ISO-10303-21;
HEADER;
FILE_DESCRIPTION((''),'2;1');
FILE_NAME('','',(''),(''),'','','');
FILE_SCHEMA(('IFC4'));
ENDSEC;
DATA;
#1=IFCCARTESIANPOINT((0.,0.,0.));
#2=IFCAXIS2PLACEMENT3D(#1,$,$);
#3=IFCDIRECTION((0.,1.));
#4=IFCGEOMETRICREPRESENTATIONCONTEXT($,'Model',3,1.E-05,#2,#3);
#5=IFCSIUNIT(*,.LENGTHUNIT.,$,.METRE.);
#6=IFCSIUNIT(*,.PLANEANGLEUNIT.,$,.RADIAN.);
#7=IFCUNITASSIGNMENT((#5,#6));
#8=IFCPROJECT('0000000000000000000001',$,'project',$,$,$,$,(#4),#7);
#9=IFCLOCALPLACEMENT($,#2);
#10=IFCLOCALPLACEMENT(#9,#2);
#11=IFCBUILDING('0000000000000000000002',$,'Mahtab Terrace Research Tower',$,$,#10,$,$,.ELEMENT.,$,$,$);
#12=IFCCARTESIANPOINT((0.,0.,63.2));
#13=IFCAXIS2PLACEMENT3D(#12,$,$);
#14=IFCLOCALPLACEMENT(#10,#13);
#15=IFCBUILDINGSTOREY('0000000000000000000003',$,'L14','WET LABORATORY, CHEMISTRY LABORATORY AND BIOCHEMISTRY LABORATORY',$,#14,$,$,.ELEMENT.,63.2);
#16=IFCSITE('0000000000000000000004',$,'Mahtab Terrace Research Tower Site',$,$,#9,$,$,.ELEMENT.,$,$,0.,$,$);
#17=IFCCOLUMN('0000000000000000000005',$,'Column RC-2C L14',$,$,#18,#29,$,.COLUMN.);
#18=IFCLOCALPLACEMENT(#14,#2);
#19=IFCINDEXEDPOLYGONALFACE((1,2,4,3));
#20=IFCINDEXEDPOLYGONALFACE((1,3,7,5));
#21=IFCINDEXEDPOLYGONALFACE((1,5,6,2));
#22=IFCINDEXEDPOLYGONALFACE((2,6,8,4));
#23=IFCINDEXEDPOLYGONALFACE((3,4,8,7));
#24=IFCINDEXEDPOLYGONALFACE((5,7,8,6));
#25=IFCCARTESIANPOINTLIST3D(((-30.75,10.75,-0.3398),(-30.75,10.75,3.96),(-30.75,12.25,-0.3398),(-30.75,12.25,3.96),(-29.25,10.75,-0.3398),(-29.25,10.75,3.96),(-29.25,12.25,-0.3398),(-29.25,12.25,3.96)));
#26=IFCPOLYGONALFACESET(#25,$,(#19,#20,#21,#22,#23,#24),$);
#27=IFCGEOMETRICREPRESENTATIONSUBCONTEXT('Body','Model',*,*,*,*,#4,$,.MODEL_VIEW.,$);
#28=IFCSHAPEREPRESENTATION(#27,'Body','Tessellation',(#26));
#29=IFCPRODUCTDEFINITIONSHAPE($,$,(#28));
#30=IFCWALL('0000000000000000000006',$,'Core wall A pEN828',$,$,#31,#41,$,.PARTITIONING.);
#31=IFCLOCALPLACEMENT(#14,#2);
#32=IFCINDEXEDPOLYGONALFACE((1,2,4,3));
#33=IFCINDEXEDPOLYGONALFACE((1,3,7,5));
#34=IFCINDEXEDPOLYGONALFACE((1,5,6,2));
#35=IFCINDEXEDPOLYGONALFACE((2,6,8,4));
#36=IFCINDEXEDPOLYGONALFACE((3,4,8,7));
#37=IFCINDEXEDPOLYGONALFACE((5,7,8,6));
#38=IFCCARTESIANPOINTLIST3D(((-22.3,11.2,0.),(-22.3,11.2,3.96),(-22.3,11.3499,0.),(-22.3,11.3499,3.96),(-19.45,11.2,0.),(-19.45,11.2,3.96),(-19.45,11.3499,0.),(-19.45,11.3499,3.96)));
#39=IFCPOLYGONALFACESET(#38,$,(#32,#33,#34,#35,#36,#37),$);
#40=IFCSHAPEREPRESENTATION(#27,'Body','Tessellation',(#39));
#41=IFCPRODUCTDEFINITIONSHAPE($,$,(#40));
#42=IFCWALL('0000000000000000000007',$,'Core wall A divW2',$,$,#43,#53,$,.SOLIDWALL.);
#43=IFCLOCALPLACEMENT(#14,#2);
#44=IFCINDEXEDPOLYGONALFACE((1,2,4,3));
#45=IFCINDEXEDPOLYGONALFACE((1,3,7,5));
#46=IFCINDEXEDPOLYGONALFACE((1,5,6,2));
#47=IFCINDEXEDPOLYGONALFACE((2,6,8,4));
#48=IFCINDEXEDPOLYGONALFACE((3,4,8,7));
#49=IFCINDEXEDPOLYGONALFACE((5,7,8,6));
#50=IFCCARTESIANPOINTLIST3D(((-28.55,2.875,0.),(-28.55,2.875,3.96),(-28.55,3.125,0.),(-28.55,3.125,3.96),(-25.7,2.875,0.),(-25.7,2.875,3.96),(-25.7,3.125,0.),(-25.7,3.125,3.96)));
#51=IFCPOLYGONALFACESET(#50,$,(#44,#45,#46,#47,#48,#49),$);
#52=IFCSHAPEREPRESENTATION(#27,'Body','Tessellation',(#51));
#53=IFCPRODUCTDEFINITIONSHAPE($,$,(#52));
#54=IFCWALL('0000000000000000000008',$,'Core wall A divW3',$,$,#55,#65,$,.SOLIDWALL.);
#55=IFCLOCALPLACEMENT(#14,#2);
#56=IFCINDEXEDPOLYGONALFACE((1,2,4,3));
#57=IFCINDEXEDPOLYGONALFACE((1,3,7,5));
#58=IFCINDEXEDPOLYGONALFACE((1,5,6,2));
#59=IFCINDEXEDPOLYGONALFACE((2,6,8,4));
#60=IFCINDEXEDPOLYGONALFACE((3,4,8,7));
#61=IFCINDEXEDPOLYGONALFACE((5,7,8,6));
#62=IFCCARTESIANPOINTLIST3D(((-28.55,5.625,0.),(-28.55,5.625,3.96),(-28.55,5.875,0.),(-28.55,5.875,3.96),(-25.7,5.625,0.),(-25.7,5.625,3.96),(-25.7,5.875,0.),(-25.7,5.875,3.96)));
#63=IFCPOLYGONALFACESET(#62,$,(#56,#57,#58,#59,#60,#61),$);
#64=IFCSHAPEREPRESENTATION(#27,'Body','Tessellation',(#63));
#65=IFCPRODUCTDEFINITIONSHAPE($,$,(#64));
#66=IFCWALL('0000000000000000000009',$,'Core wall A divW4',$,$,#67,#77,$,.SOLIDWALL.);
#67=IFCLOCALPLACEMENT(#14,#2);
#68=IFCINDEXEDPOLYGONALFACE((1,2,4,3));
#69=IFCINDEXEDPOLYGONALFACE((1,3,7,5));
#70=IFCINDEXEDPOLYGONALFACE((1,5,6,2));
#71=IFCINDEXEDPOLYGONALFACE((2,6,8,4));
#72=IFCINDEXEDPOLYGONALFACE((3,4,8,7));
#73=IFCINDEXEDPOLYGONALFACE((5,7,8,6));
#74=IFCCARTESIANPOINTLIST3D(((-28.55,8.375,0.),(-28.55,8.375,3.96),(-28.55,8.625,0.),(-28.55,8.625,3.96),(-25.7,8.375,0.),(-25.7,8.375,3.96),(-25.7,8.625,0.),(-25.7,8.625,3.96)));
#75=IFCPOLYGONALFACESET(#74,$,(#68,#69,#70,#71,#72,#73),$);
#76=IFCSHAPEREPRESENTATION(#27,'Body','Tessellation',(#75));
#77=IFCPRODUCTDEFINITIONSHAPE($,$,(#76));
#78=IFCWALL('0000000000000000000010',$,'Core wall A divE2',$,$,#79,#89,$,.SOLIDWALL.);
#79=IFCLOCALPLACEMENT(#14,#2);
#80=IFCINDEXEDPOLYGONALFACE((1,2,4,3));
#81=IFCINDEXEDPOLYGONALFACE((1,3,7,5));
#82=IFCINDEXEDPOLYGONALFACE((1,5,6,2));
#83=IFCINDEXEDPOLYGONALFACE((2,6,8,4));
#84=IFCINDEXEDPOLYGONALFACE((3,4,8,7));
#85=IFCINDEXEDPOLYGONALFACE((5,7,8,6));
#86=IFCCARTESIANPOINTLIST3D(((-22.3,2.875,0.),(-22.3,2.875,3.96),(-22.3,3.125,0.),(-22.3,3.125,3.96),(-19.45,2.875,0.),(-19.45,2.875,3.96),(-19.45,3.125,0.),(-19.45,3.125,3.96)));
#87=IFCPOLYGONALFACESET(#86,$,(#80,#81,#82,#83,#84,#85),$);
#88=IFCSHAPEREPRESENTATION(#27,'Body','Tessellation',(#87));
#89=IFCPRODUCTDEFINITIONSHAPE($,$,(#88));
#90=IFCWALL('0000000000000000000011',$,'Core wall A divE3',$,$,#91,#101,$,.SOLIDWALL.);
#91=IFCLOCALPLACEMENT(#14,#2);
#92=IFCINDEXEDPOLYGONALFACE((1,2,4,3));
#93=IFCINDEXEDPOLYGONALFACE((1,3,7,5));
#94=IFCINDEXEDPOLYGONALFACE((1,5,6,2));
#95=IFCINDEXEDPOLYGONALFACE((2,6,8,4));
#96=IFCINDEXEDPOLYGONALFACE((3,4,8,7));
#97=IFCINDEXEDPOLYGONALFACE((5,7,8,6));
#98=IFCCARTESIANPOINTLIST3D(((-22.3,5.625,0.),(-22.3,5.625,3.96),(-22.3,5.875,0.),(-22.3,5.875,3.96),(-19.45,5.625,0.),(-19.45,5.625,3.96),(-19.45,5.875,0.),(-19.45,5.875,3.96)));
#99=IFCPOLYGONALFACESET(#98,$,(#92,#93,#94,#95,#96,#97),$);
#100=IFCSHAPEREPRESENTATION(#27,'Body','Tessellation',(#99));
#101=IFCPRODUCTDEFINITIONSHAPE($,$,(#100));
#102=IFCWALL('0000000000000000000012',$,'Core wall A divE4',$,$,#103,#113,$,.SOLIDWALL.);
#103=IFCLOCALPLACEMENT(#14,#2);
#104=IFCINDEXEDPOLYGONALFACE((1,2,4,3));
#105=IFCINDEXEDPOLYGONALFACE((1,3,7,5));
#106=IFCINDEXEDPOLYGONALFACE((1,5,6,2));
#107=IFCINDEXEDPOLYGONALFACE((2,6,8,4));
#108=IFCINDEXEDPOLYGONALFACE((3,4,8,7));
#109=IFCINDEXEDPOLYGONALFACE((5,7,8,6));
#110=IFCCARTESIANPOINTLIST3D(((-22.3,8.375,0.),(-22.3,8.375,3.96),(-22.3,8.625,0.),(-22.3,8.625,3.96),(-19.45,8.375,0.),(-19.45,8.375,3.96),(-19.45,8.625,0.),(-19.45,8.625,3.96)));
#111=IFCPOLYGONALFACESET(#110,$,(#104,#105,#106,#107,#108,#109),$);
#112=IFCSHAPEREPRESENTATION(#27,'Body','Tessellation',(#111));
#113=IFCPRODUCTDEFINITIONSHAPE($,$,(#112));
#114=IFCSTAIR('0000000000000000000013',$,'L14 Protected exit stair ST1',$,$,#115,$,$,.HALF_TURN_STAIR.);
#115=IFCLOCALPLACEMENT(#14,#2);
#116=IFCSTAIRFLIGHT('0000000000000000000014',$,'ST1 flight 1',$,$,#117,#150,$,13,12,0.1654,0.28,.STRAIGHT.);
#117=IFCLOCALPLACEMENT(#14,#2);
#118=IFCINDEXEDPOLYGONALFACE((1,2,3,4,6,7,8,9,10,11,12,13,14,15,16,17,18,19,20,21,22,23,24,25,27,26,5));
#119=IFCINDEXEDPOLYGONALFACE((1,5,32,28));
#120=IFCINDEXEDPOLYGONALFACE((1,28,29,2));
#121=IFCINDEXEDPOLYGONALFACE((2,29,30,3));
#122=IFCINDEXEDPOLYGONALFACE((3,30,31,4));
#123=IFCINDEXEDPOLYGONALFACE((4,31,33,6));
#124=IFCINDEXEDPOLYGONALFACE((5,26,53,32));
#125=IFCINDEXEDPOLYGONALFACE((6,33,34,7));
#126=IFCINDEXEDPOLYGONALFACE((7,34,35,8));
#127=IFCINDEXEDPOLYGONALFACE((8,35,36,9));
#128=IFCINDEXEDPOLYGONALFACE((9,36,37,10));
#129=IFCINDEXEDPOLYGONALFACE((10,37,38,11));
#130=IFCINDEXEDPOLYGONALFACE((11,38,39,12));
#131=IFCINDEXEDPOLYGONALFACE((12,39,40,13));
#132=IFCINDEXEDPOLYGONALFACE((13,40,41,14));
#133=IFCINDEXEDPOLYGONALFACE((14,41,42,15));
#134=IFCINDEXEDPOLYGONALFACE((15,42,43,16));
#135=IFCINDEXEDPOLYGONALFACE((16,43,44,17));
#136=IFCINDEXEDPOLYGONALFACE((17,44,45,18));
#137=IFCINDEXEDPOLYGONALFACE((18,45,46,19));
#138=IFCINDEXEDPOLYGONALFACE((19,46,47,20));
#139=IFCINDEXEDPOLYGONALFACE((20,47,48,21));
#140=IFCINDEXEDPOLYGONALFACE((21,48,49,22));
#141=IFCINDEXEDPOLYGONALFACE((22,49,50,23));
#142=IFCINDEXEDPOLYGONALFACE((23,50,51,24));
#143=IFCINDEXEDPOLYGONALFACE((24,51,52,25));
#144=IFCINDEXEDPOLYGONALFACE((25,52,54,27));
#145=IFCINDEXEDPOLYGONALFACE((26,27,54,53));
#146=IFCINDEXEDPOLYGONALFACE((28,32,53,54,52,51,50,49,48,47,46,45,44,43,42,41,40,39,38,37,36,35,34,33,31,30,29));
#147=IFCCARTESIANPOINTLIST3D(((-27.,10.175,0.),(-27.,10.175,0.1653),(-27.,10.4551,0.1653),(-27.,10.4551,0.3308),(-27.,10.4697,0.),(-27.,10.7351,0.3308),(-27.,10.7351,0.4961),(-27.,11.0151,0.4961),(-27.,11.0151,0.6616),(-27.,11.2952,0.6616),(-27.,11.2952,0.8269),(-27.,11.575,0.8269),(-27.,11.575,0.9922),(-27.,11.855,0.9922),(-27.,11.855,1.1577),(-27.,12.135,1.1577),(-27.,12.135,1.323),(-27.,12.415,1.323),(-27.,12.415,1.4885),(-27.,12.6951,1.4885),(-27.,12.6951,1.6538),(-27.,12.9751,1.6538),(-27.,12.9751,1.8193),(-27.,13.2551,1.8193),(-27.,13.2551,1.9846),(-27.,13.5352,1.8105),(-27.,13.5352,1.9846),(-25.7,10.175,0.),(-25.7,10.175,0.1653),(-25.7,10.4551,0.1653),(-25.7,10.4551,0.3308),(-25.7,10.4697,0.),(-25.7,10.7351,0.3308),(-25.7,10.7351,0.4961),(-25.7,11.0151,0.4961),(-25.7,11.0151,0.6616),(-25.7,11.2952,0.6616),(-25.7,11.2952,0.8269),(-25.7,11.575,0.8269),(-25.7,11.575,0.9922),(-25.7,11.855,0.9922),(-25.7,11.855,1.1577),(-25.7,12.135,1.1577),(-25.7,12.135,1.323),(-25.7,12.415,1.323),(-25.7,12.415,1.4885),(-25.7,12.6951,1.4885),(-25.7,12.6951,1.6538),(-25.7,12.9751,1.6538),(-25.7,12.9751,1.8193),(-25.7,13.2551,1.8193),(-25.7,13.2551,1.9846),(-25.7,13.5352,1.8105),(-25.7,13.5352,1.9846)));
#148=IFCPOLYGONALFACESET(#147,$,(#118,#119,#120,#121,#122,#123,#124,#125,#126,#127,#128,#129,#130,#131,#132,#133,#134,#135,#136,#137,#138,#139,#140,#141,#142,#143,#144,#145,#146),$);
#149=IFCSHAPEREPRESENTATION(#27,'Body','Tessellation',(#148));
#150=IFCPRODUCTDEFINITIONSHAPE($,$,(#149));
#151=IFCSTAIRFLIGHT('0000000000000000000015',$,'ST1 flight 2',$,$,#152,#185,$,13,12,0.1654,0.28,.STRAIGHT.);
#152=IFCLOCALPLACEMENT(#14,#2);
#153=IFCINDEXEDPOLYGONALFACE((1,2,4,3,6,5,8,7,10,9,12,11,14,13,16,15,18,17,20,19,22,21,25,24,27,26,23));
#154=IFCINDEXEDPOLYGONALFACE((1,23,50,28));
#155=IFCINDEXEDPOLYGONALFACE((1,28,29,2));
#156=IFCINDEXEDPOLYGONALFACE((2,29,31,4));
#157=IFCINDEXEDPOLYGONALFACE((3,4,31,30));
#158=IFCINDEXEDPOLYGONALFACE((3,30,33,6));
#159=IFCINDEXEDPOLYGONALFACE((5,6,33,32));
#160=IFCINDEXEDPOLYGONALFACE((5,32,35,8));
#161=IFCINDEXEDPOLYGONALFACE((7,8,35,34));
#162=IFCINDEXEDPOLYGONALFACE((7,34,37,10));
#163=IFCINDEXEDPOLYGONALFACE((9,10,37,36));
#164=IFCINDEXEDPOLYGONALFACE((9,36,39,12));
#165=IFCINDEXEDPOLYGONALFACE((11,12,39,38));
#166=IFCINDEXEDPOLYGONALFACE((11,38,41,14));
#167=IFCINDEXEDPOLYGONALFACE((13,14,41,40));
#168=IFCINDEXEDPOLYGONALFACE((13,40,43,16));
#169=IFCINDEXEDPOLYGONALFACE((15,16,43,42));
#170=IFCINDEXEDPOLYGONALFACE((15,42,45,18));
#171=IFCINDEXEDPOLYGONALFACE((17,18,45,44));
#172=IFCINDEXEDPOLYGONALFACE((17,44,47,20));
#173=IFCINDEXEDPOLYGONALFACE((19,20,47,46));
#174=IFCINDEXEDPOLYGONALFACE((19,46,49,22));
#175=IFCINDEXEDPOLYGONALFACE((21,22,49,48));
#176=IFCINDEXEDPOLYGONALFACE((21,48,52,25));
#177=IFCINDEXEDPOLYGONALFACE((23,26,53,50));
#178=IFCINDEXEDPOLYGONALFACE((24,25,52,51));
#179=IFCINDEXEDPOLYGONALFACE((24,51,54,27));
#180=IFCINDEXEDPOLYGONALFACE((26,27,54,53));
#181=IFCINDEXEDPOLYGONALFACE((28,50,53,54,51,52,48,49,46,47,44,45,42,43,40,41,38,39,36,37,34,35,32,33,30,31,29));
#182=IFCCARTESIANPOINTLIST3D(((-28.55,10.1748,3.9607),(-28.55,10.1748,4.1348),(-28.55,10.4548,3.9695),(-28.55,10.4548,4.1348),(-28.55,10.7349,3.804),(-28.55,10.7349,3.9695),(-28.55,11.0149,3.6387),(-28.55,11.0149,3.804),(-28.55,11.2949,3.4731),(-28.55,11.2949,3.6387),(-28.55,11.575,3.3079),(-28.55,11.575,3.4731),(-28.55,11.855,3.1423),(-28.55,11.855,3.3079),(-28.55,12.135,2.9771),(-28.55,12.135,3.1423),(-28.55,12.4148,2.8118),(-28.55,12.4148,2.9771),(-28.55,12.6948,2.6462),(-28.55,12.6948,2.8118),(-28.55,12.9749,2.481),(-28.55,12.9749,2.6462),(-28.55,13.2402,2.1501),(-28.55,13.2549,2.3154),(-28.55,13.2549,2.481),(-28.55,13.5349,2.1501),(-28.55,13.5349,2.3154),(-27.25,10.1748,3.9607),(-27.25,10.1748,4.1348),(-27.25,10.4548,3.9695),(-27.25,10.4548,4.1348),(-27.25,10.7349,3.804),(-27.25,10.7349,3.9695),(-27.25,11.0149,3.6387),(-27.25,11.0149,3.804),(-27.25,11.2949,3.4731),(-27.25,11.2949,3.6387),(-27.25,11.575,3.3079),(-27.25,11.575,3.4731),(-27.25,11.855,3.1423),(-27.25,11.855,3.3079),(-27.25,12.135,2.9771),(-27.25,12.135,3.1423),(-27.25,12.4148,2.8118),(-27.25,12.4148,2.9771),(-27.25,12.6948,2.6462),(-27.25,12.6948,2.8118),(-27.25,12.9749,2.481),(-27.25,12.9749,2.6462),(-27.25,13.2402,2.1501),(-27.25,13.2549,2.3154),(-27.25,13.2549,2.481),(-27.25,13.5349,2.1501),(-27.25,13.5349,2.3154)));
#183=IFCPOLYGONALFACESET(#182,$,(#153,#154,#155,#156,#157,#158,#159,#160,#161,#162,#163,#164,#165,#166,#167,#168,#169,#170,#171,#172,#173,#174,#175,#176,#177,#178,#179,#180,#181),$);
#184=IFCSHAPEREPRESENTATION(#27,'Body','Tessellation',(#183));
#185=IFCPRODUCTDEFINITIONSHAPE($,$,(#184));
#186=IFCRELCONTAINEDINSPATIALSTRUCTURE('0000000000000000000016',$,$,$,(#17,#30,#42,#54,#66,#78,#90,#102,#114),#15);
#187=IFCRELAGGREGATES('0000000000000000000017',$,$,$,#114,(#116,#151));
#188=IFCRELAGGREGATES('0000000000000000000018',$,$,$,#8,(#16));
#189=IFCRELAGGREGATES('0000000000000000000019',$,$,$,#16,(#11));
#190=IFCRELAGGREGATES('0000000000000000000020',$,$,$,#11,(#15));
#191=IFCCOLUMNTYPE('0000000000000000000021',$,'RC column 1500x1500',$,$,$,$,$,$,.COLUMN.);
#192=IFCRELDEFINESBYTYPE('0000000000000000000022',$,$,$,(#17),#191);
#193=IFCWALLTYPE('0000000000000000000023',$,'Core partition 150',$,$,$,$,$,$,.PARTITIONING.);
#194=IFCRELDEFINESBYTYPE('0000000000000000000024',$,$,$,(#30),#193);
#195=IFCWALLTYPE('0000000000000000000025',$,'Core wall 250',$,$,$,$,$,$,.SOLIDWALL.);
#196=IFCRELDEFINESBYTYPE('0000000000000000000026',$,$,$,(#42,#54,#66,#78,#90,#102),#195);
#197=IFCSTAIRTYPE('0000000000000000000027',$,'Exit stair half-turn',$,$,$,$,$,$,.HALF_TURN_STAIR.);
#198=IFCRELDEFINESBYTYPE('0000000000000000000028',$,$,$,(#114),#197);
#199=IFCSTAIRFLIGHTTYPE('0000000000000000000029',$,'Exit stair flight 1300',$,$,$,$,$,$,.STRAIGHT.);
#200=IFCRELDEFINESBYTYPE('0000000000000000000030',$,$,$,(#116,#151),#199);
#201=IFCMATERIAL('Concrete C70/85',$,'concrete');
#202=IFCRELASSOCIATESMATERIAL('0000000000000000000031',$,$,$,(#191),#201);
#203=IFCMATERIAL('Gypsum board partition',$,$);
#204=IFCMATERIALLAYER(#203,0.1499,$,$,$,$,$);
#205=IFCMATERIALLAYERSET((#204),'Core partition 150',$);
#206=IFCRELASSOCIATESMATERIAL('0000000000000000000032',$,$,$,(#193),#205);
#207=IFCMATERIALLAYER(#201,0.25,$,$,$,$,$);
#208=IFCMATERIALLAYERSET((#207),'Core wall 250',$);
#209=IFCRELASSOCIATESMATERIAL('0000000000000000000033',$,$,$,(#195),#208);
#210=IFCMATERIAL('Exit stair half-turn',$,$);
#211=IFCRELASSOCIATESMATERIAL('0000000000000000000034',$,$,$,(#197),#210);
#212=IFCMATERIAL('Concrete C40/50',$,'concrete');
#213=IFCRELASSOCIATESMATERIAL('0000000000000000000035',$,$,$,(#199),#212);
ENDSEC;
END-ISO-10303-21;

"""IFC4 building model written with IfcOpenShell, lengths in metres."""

from ifc_helpers import new_model, si_unit, direction, frame, frame_2d, origin, origin_2d, place, context, subcontext, project, spatial, polyline, rectangle, outline, extrude, material, layer, layer_set, material_profile, profile_set, type_object, element, aggregate, save


model = new_model("IFC4")

# Units and contexts
model_context = context("Model", 3, precision=1e-05, world=origin(), true_north=direction((0.0, 1.0)))
body_context = subcontext(model_context, "Body", "Model", "MODEL_VIEW")
ifc_project = project(units=[si_unit("LENGTHUNIT", "METRE"), si_unit("PLANEANGLEUNIT", "RADIAN")], contexts=[model_context])

# Site, building, storey
site_placement = place(None, origin())
site = spatial("IfcSite", under=ifc_project, at=site_placement, Name="Mahtab Terrace Research Tower Site", CompositionType="ELEMENT", RefElevation=0.0)
building_placement = place(site_placement, origin())
building = spatial("IfcBuilding", under=site, at=building_placement, Name="Mahtab Terrace Research Tower", CompositionType="ELEMENT")
storey_placement = place(building_placement, frame((0.0, 0.0, 63.2)))
storey = spatial("IfcBuildingStorey", under=building, at=storey_placement, Name="L14", Description="WET LABORATORY, CHEMISTRY LABORATORY AND BIOCHEMISTRY LABORATORY", CompositionType="ELEMENT", Elevation=63.2)

# Column
ifc_material_1 = material(Name="Concrete C70/85", Category="concrete")
ifc_material_profile = material_profile(ifc_material_1, rectangle(XDim=1.5, YDim=1.5, at=origin_2d()), Name="RC column 1500x1500")
ifc_profile_set = profile_set([ifc_material_profile], Name="Concrete C70/85")
column_type = type_object("IfcColumnType", Name="RC column 1500x1500", PredefinedType="COLUMN", material=ifc_profile_set)
column_placement = place(storey_placement, frame((-30.0, 11.5, -0.3398), z_axis=(0.0, 0.0, 1.0), x_axis=(1.0, 0.0, 0.0)))
element("IfcColumn", 1, at=column_placement, inside=storey, type_object=column_type, Name="Column RC-2C L14", PredefinedType="COLUMN", context=body_context, shape_type="SweptSolid", body=[
    extrude(rectangle(XDim=1.5, YDim=1.5, at=origin_2d()), origin(), (0.0, 0.0, 1.0), 4.2998),
])

# Walls
ifc_material_2 = material(Name="Gypsum board partition")
ifc_layer_1 = layer(ifc_material_2, 0.1499)
ifc_layer_set_1 = layer_set([ifc_layer_1], Name="Core partition 150")
wall_type_1 = type_object("IfcWallType", Name="Core partition 150", PredefinedType="PARTITIONING", material=ifc_layer_set_1)
wall_placement = place(storey_placement, frame((-22.3, 11.2749, 0.0), z_axis=(0.0, 0.0, 1.0), x_axis=(1.0, 0.0, 0.0)))
element("IfcWall", 2, at=wall_placement, inside=storey, type_object=wall_type_1, Name="Core wall A pEN828", PredefinedType="PARTITIONING", context=body_context, shape_type="SweptSolid", body=[
    extrude(rectangle(XDim=2.8501, YDim=0.1499, at=frame_2d((1.425, 0.0))), origin(), (0.0, 0.0, 1.0), 3.96),
])
ifc_layer_2 = layer(ifc_material_1, 0.25)
ifc_layer_set_2 = layer_set([ifc_layer_2], Name="Core wall 250")
wall_type_2 = type_object("IfcWallType", Name="Core wall 250", PredefinedType="SOLIDWALL", material=ifc_layer_set_2)
for number, where, z_axis, x_axis, name in (
    (3, (-28.55, 3.0, 0.0), (0.0, 0.0, 1.0), (1.0, 0.0, 0.0), "Core wall A divW2"),
    (4, (-28.55, 5.75, 0.0), (0.0, 0.0, 1.0), (1.0, 0.0, 0.0), "Core wall A divW3"),
    (5, (-28.55, 8.5, 0.0), (0.0, 0.0, 1.0), (1.0, 0.0, 0.0), "Core wall A divW4"),
    (6, (-22.3, 3.0, 0.0), (0.0, 0.0, 1.0), (1.0, 0.0, 0.0), "Core wall A divE2"),
    (7, (-22.3, 5.75, 0.0), (0.0, 0.0, 1.0), (1.0, 0.0, 0.0), "Core wall A divE3"),
    (8, (-22.3, 8.5, 0.0), (0.0, 0.0, 1.0), (1.0, 0.0, 0.0), "Core wall A divE4"),
):
    element("IfcWall", number, at=place(storey_placement, frame(where, z_axis=z_axis, x_axis=x_axis)), inside=storey, type_object=wall_type_2, Name=name, PredefinedType="SOLIDWALL", context=body_context, shape_type="SweptSolid", body=[
        extrude(rectangle(XDim=2.8501, YDim=0.25, at=frame_2d((1.425, 0.0))), origin(), (0.0, 0.0, 1.0), 3.96),
    ])

# Stair, stair flights
ifc_material_3 = material(Name="Exit stair half-turn")
stair_type = type_object("IfcStairType", Name="Exit stair half-turn", PredefinedType="HALF_TURN_STAIR", material=ifc_material_3)
stair_placement = place(storey_placement, origin())
stair = element("IfcStair", 9, at=stair_placement, inside=storey, type_object=stair_type, Name="L14 Protected exit stair ST1", PredefinedType="HALF_TURN_STAIR")
ifc_material_4 = material(Name="Concrete C40/50", Category="concrete")
stair_flight_type = type_object("IfcStairFlightType", Name="Exit stair flight 1300", PredefinedType="STRAIGHT", material=ifc_material_4)
stair_flight_1_placement = place(storey_placement, frame((-26.3501, 10.175, 0.0), z_axis=(0.0, 0.0, 1.0), x_axis=(0.0, 1.0, 0.0)))
stair_flight_1 = element("IfcStairFlight", 10, at=stair_flight_1_placement, type_object=stair_flight_type, Name="ST1 flight 1", NumberOfRisers=13, NumberOfTreads=12, PredefinedType="STRAIGHT", RiserHeight=0.1654, TreadLength=0.28, context=body_context, shape_type="SweptSolid", body=[
    extrude(outline(polyline([(0.0, 0.0), (0.0, 0.1653), (0.28, 0.1653), (0.28, 0.3308), (0.5601, 0.3308), (0.5601, 0.4961), (0.8401, 0.4961), (0.8401, 0.6616), (1.1201, 0.6616), (1.1201, 0.8269), (1.3999, 0.8269), (1.3999, 0.9922), (1.6799, 0.9922), (1.6799, 1.1577), (1.96, 1.1577), (1.96, 1.323), (2.24, 1.323), (2.24, 1.4885), (2.52, 1.4885), (2.52, 1.6538), (2.8, 1.6538), (2.8, 1.8193), (3.0801, 1.8193), (3.0801, 1.9846), (3.3601, 1.9846), (3.3601, 2.1499), (3.3601, 1.8105), (0.2947, 0.0), (0.0, 0.0)])), frame((0.0, 0.6499, 0.0), z_axis=(0.0, -1.0, 0.0), x_axis=(1.0, 0.0, 0.0)), (0.0, 0.0, 1.0), 1.3),
])
stair_flight_2_placement = place(storey_placement, frame((-27.8999, 13.5349, 2.1501), z_axis=(0.0, 0.0, 1.0), x_axis=(0.0, -1.0, 0.0)))
stair_flight_2 = element("IfcStairFlight", 11, at=stair_flight_2_placement, type_object=stair_flight_type, Name="ST1 flight 2", NumberOfRisers=13, NumberOfTreads=12, PredefinedType="STRAIGHT", RiserHeight=0.1654, TreadLength=0.28, context=body_context, shape_type="SweptSolid", body=[
    extrude(outline(polyline([(0.0, 0.0), (0.0, 0.1653), (0.28, 0.1653), (0.28, 0.3308), (0.5601, 0.3308), (0.5601, 0.4961), (0.8401, 0.4961), (0.8401, 0.6616), (1.1201, 0.6616), (1.1201, 0.8269), (1.3999, 0.8269), (1.3999, 0.9922), (1.6799, 0.9922), (1.6799, 1.1577), (1.96, 1.1577), (1.96, 1.323), (2.24, 1.323), (2.24, 1.4885), (2.52, 1.4885), (2.52, 1.6538), (2.8, 1.6538), (2.8, 1.8193), (3.0801, 1.8193), (3.0801, 1.9846), (3.3601, 1.9846), (3.3601, 2.1499), (3.3601, 1.8105), (0.2947, 0.0), (0.0, 0.0)])), frame((0.0, 0.6499, 0.0), z_axis=(0.0, -1.0, 0.0), x_axis=(1.0, 0.0, 0.0)), (0.0, 0.0, 1.0), 1.3),
])
aggregate(stair, [stair_flight_1, stair_flight_2])

save(model, "model.ifc")
